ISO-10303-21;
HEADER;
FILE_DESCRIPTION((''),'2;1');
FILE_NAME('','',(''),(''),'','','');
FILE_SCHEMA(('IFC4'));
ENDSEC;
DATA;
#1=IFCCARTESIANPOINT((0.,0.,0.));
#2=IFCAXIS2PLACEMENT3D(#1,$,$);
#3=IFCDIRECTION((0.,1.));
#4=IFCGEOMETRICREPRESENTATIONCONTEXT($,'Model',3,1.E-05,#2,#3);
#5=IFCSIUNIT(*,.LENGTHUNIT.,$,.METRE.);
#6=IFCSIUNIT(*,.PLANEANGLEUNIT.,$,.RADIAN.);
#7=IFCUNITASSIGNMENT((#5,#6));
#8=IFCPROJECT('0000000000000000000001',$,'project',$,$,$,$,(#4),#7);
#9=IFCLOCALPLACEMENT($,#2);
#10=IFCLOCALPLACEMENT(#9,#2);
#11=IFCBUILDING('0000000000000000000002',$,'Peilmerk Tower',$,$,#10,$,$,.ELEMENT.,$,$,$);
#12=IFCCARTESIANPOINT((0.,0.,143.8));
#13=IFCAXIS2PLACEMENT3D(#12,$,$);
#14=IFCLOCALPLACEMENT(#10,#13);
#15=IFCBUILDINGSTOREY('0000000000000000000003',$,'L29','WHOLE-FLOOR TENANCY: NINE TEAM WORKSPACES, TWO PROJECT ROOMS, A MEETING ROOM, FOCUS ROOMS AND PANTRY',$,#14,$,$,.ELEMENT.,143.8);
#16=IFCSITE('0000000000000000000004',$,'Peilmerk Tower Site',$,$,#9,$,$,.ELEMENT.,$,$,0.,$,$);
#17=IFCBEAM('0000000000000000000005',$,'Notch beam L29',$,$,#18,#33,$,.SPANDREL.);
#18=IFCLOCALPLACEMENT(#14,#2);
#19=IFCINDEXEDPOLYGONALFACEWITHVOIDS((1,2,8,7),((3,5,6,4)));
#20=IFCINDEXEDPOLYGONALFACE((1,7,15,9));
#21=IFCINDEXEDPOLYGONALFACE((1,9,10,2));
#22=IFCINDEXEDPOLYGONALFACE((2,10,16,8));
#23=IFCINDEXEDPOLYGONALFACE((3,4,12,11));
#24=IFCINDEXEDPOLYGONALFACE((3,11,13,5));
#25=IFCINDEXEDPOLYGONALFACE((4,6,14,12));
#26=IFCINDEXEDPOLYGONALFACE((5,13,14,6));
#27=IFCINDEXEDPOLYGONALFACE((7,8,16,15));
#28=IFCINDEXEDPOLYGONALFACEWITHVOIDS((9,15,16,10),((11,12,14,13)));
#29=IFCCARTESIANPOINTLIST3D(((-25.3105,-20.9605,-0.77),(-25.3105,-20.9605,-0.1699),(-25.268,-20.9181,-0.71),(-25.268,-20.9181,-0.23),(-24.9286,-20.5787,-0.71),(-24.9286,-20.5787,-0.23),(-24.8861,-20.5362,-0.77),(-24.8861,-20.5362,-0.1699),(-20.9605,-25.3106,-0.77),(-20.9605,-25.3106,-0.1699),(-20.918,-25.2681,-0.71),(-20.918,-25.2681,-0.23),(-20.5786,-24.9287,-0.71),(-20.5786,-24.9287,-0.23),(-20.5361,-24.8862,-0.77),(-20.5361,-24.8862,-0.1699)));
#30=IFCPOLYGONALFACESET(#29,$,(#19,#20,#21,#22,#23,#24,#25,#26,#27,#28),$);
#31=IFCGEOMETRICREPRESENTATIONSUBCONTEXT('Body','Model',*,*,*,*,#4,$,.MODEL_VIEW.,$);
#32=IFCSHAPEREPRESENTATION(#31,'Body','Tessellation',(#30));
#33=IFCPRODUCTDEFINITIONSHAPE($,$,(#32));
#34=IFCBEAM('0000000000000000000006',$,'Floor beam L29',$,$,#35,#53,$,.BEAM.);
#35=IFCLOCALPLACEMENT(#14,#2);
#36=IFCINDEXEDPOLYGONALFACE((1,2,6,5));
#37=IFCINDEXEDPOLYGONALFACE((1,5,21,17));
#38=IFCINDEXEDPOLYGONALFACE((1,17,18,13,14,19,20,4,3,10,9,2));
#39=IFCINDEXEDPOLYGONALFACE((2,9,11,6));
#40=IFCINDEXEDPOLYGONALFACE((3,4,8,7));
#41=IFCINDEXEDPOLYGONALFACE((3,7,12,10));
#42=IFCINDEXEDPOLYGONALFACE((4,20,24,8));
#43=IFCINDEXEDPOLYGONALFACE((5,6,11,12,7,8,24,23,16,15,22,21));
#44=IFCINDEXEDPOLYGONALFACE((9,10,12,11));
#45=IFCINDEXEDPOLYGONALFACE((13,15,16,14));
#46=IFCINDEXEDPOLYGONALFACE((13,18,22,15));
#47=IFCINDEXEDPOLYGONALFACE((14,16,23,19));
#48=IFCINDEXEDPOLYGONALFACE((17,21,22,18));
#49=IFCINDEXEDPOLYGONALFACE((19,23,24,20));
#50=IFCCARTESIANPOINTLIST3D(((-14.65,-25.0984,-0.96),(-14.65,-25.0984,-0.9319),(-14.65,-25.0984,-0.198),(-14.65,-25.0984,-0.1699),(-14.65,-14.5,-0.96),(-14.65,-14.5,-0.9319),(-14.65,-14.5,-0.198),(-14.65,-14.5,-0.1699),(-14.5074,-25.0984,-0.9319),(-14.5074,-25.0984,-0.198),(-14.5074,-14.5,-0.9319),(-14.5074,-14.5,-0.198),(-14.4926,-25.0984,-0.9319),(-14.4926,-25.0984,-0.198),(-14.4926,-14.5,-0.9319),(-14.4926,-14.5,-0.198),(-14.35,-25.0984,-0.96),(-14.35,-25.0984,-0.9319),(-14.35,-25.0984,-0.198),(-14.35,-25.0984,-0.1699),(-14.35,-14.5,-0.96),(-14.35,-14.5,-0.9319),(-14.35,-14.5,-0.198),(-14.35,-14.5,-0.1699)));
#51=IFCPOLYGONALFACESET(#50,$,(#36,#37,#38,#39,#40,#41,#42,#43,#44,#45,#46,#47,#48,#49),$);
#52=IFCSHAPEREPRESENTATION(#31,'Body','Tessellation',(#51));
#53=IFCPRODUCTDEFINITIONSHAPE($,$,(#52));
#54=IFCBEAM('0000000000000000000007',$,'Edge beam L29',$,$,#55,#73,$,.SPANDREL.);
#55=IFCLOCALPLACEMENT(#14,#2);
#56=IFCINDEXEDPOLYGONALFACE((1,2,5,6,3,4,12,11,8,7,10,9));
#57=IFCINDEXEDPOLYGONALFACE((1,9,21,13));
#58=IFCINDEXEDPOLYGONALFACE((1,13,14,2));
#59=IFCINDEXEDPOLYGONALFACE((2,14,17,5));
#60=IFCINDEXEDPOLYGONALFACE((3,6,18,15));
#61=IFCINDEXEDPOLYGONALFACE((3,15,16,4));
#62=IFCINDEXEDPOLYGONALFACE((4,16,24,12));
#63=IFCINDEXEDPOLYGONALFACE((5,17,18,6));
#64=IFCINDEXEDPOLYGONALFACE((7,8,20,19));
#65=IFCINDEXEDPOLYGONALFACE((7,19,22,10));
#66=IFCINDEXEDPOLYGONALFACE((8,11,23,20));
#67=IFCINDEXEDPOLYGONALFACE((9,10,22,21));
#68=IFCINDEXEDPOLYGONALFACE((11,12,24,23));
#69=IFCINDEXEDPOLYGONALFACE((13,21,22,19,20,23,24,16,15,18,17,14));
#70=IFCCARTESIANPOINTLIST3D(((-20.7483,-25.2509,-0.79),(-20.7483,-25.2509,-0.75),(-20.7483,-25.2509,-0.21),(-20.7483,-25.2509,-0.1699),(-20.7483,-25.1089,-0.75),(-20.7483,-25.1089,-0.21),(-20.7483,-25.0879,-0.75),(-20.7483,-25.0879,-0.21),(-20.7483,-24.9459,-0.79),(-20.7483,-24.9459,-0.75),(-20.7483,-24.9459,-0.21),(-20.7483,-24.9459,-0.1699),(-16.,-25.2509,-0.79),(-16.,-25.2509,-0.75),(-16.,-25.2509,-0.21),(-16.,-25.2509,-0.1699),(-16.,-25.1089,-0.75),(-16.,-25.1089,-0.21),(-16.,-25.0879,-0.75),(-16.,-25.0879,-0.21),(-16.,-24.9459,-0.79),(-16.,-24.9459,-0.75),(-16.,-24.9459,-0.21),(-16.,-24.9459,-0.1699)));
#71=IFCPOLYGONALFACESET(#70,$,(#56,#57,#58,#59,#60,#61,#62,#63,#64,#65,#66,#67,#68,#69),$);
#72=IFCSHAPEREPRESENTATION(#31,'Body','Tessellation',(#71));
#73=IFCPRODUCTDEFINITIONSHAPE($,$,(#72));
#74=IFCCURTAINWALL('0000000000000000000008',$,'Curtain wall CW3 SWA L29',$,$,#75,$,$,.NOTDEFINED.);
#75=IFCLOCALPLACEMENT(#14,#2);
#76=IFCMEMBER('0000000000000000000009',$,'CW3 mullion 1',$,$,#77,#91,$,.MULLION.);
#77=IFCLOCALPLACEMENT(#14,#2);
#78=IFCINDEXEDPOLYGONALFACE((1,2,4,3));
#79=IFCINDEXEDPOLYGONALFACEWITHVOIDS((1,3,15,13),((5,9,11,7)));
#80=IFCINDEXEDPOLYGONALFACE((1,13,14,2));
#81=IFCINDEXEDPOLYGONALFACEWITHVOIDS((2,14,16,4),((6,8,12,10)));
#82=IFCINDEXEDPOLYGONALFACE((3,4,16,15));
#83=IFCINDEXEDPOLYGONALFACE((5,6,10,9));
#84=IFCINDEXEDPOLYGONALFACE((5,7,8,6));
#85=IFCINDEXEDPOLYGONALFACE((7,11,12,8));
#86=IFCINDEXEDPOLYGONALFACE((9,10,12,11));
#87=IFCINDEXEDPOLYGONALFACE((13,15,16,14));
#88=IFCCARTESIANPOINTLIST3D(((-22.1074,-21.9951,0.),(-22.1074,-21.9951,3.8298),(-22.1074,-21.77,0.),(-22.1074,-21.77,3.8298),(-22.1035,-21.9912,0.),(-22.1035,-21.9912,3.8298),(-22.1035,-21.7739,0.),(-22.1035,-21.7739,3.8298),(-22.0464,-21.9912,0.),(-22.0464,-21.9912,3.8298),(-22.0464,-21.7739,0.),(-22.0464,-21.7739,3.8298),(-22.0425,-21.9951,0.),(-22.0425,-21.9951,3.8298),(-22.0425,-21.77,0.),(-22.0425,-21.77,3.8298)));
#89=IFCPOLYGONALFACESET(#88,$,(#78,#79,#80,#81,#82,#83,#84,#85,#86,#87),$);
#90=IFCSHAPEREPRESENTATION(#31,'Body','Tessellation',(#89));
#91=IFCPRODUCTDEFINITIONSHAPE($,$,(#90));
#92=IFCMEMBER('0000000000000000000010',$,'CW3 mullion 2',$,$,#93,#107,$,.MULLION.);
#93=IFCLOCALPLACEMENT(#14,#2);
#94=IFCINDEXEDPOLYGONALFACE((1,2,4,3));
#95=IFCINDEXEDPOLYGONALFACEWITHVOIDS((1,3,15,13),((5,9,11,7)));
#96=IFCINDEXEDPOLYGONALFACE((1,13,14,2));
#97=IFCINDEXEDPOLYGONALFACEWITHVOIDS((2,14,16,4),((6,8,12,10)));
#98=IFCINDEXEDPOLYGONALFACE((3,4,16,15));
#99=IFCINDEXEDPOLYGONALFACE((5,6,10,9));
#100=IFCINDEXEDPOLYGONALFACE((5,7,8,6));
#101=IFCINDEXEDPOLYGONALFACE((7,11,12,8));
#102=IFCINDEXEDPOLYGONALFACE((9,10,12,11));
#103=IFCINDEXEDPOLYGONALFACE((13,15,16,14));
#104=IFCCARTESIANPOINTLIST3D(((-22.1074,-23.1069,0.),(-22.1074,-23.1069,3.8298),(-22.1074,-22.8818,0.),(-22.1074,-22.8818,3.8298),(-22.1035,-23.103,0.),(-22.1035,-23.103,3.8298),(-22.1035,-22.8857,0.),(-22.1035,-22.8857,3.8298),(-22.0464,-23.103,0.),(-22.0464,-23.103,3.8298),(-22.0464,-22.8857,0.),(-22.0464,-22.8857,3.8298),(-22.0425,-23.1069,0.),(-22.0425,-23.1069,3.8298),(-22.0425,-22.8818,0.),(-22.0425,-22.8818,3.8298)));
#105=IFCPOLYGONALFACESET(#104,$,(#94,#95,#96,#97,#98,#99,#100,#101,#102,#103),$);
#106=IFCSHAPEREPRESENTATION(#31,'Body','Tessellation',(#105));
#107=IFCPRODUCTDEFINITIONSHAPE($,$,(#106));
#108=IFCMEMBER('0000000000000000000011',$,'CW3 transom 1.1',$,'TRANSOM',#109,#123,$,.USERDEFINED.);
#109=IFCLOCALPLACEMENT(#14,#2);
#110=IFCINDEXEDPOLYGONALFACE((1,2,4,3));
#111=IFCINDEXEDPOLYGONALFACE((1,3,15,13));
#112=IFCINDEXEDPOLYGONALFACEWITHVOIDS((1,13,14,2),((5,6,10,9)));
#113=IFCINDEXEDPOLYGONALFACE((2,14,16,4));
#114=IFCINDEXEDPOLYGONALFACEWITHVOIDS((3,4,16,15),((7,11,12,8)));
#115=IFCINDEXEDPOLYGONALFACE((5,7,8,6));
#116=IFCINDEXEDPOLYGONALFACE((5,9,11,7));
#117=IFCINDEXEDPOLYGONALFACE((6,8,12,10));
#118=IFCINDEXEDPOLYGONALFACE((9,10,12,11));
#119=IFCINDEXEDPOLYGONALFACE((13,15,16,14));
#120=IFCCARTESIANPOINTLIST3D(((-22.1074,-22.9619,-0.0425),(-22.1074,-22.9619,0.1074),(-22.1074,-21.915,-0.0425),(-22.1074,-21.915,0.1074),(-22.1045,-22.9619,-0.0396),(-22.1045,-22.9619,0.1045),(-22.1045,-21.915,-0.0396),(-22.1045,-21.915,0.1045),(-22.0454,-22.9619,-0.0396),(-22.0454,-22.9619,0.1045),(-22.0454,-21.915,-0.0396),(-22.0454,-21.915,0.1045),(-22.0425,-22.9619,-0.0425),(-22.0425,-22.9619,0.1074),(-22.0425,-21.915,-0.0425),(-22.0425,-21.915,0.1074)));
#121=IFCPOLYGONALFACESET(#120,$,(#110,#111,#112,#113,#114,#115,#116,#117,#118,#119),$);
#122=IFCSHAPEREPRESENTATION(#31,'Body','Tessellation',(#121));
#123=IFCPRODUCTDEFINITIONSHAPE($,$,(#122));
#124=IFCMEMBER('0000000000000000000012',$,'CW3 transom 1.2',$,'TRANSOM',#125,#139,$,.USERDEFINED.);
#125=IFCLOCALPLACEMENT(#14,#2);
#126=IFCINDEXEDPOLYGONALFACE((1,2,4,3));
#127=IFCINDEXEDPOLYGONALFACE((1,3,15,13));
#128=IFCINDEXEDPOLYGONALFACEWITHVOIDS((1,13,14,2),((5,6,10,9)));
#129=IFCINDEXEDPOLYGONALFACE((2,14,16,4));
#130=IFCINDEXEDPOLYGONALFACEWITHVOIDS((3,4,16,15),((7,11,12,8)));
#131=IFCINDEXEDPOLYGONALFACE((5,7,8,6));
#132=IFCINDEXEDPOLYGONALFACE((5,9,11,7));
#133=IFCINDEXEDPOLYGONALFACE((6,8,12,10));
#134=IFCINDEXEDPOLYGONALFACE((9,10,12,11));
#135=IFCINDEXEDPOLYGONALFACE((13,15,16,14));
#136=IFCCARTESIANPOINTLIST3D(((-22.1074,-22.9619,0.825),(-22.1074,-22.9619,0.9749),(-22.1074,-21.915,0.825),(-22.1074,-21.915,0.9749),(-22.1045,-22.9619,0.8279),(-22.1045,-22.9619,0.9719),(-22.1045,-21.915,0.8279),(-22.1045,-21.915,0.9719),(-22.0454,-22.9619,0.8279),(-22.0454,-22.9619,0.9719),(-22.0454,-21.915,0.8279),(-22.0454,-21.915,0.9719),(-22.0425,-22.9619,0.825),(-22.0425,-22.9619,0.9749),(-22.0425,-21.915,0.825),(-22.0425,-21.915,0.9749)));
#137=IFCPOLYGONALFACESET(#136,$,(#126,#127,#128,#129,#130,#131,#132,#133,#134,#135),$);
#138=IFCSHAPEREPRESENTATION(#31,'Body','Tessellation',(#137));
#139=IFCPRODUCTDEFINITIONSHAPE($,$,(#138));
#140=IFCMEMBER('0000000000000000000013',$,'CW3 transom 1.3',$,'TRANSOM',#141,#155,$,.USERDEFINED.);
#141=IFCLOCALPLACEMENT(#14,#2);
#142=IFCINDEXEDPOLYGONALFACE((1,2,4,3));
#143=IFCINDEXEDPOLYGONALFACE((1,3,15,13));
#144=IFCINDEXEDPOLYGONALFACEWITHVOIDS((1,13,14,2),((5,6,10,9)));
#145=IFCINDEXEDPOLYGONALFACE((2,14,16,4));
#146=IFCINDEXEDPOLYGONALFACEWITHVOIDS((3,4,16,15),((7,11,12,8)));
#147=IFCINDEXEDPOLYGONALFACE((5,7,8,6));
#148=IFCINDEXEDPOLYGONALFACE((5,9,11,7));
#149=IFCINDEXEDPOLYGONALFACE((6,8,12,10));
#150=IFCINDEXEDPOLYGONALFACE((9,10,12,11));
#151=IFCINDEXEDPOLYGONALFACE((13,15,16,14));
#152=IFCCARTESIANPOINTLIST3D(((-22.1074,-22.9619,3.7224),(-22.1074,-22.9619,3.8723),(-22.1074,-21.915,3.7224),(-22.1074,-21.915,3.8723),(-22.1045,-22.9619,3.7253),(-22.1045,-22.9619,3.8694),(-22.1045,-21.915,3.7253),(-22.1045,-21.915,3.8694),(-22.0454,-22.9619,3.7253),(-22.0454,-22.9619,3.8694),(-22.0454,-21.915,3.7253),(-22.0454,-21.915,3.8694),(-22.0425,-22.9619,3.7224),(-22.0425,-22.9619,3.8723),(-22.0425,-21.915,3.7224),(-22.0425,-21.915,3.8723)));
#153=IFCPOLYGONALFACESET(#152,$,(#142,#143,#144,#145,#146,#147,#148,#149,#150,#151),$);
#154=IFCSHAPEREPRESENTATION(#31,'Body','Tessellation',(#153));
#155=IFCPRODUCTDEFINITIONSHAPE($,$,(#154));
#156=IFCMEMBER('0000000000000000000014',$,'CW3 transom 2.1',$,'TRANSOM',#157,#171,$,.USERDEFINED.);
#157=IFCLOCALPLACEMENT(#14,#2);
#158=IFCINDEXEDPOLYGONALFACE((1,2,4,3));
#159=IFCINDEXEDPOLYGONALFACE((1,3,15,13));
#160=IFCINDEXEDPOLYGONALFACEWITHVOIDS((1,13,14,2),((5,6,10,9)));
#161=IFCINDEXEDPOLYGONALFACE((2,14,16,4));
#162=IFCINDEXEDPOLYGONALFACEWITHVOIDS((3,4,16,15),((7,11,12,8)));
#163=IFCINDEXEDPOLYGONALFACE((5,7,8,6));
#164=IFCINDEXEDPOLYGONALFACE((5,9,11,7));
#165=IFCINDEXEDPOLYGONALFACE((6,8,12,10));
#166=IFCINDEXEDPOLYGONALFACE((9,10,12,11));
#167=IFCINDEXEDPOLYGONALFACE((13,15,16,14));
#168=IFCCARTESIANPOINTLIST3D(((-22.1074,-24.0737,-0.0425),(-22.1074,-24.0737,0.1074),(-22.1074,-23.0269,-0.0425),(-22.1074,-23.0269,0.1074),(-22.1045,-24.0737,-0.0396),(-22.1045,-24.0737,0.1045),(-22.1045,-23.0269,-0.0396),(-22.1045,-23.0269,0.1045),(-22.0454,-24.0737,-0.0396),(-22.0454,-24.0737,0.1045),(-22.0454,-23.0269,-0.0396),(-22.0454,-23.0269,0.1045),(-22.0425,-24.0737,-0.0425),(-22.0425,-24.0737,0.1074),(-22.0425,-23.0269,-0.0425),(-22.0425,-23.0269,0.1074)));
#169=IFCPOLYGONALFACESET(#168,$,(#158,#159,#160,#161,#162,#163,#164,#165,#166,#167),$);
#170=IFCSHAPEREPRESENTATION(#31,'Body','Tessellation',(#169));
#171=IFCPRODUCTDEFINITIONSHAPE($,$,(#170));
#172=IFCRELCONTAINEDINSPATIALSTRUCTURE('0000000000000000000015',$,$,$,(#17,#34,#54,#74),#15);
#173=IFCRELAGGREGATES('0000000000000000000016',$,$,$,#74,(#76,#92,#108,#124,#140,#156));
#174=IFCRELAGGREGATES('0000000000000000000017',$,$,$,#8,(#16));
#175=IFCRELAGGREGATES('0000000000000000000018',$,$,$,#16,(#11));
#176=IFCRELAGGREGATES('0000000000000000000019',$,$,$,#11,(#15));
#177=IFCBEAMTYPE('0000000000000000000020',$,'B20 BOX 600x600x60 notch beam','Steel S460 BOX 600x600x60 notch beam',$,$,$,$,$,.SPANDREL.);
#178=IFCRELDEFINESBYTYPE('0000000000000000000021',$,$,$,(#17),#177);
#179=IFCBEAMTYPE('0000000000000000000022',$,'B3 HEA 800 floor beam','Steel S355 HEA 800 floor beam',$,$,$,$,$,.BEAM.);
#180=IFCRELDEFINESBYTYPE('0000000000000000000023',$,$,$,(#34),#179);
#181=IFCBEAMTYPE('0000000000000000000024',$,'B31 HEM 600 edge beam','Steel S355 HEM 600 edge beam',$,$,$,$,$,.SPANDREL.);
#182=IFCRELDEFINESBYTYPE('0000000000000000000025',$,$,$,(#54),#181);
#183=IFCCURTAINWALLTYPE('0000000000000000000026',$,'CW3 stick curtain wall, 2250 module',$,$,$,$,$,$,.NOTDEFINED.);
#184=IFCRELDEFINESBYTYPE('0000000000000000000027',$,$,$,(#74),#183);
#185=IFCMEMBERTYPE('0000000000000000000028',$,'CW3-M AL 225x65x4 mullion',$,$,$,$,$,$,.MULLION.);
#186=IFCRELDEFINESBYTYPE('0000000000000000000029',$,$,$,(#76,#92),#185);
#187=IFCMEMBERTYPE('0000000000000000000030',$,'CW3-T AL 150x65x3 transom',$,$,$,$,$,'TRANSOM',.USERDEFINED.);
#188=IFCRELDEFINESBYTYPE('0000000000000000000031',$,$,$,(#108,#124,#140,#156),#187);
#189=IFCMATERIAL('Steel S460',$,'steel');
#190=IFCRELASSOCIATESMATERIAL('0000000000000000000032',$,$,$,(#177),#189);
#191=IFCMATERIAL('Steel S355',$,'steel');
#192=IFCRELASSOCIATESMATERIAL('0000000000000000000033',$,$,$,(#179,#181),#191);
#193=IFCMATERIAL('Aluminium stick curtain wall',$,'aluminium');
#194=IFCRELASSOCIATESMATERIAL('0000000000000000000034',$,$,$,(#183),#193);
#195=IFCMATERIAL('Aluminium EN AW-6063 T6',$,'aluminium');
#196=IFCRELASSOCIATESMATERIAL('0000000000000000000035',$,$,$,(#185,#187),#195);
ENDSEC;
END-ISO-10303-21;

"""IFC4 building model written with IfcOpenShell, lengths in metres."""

from ifc_helpers import new_model, si_unit, direction, frame, origin, origin_2d, place, context, subcontext, project, spatial, hollow_rectangle, i_section, extrude, material, material_profile, profile_set, type_object, element, aggregate, save


model = new_model("IFC4")

# Units and contexts
model_context = context("Model", 3, precision=1e-05, world=origin(), true_north=direction((0.0, 1.0)))
body_context = subcontext(model_context, "Body", "Model", "MODEL_VIEW")
ifc_project = project(units=[si_unit("LENGTHUNIT", "METRE"), si_unit("PLANEANGLEUNIT", "RADIAN")], contexts=[model_context])

# Site, building, storey
site_placement = place(None, origin())
site = spatial("IfcSite", under=ifc_project, at=site_placement, Name="Peilmerk Tower Site", CompositionType="ELEMENT", RefElevation=0.0)
building_placement = place(site_placement, origin())
building = spatial("IfcBuilding", under=site, at=building_placement, Name="Peilmerk Tower", CompositionType="ELEMENT")
storey_placement = place(building_placement, frame((0.0, 0.0, 143.8)))
storey = spatial("IfcBuildingStorey", under=building, at=storey_placement, Name="L29", Description="WHOLE-FLOOR TENANCY: NINE TEAM WORKSPACES, TWO PROJECT ROOMS, A MEETING ROOM, FOCUS ROOMS AND PANTRY", CompositionType="ELEMENT", Elevation=143.8)

# Shared definitions
ifc_material_1 = material(Name="Steel S460", Category="steel")

# Beams
ifc_material_2 = material(Name="Steel S355", Category="steel")
ifc_material_profile_1 = material_profile(ifc_material_1, hollow_rectangle(XDim=0.6001, YDim=0.6001, WallThickness=0.0601, at=origin_2d()), Name="BOX 600x600x60")
ifc_profile_set_1 = profile_set([ifc_material_profile_1], Name="Steel S460")
beam_type_1 = type_object("IfcBeamType", Name="B20 BOX 600x600x60 notch beam", Description="Steel S460 BOX 600x600x60 notch beam", PredefinedType="SPANDREL", material=ifc_profile_set_1)
beam_1_placement = place(storey_placement, frame((-20.7483, -25.0984, -0.47), z_axis=(-0.707107, 0.707107, 0.0), x_axis=(-0.707107, -0.707107, 0.0)))
element("IfcBeam", 1, at=beam_1_placement, inside=storey, type_object=beam_type_1, Name="Notch beam L29", PredefinedType="SPANDREL", context=body_context, shape_type="SweptSolid", body=[
    extrude(hollow_rectangle(XDim=0.6001, YDim=0.6001, WallThickness=0.0601, at=origin_2d()), origin(), (0.0, 0.0, 1.0), 6.1519),
])
ifc_material_profile_2 = material_profile(ifc_material_2, i_section(OverallWidth=0.3, OverallDepth=0.79, WebThickness=0.0149, FlangeThickness=0.0281, at=origin_2d()), Name="HEA 800")
ifc_profile_set_2 = profile_set([ifc_material_profile_2], Name="Steel S355")
beam_type_2 = type_object("IfcBeamType", Name="B3 HEA 800 floor beam", Description="Steel S355 HEA 800 floor beam", PredefinedType="BEAM", material=ifc_profile_set_2)
beam_2_placement = place(storey_placement, frame((-14.5, -14.5, -0.5649), z_axis=(0.0, -1.0, 0.0), x_axis=(1.0, 0.0, 0.0)))
element("IfcBeam", 2, at=beam_2_placement, inside=storey, type_object=beam_type_2, Name="Floor beam L29", PredefinedType="BEAM", context=body_context, shape_type="SweptSolid", body=[
    extrude(i_section(OverallWidth=0.3, OverallDepth=0.79, WebThickness=0.0149, FlangeThickness=0.0281, at=origin_2d()), origin(), (0.0, 0.0, 1.0), 10.5984),
])
ifc_material_profile_3 = material_profile(ifc_material_2, i_section(OverallWidth=0.3049, OverallDepth=0.6201, WebThickness=0.021, FlangeThickness=0.04, at=origin_2d()), Name="HEM 600")
ifc_profile_set_3 = profile_set([ifc_material_profile_3], Name="Steel S355")
beam_type_3 = type_object("IfcBeamType", Name="B31 HEM 600 edge beam", Description="Steel S355 HEM 600 edge beam", PredefinedType="SPANDREL", material=ifc_profile_set_3)
beam_3_placement = place(storey_placement, frame((-20.7483, -25.0984, -0.48), z_axis=(1.0, 0.0, 0.0), x_axis=(0.0, 1.0, 0.0)))
element("IfcBeam", 3, at=beam_3_placement, inside=storey, type_object=beam_type_3, Name="Edge beam L29", PredefinedType="SPANDREL", context=body_context, shape_type="SweptSolid", body=[
    extrude(i_section(OverallWidth=0.3049, OverallDepth=0.6201, WebThickness=0.021, FlangeThickness=0.04, at=origin_2d()), origin(), (0.0, 0.0, 1.0), 4.7483),
])

# Curtain wall, members
ifc_material_3 = material(Name="Aluminium stick curtain wall", Category="aluminium")
curtain_wall_type = type_object("IfcCurtainWallType", Name="CW3 stick curtain wall, 2250 module", PredefinedType="NOTDEFINED", material=ifc_material_3)
curtain_wall_placement = place(storey_placement, origin())
curtain_wall = element("IfcCurtainWall", 4, at=curtain_wall_placement, inside=storey, type_object=curtain_wall_type, Name="Curtain wall CW3 SWA L29", PredefinedType="NOTDEFINED")
ifc_material_4 = material(Name="Aluminium EN AW-6063 T6", Category="aluminium")
ifc_material_profile_4 = material_profile(ifc_material_4, hollow_rectangle(XDim=0.0649, YDim=0.2251, WallThickness=0.0039, at=origin_2d()), Name="AL 225x65x4")
ifc_profile_set_4 = profile_set([ifc_material_profile_4], Name="Aluminium EN AW-6063 T6")
member_type_1 = type_object("IfcMemberType", Name="CW3-M AL 225x65x4 mullion", PredefinedType="MULLION", material=ifc_profile_set_4)
member_1_placement = place(storey_placement, frame((-22.075, -21.8826, 0.0), z_axis=(0.0, 0.0, 1.0), x_axis=(1.0, 0.0, 0.0)))
member_1 = element("IfcMember", 5, at=member_1_placement, type_object=member_type_1, Name="CW3 mullion 1", PredefinedType="MULLION", context=body_context, shape_type="SweptSolid", body=[
    extrude(hollow_rectangle(XDim=0.0649, YDim=0.2251, WallThickness=0.0039, at=origin_2d()), origin(), (0.0, 0.0, 1.0), 3.8298),
])
member_2_placement = place(storey_placement, frame((-22.075, -22.9944, 0.0), z_axis=(0.0, 0.0, 1.0), x_axis=(1.0, 0.0, 0.0)))
member_2 = element("IfcMember", 6, at=member_2_placement, type_object=member_type_1, Name="CW3 mullion 2", PredefinedType="MULLION", context=body_context, shape_type="SweptSolid", body=[
    extrude(hollow_rectangle(XDim=0.0649, YDim=0.2251, WallThickness=0.0039, at=origin_2d()), origin(), (0.0, 0.0, 1.0), 3.8298),
])
ifc_material_profile_5 = material_profile(ifc_material_4, hollow_rectangle(XDim=0.0649, YDim=0.1499, WallThickness=0.0029, at=origin_2d()), Name="AL 150x65x3")
ifc_profile_set_5 = profile_set([ifc_material_profile_5], Name="Aluminium EN AW-6063 T6")
member_type_2 = type_object("IfcMemberType", Name="CW3-T AL 150x65x3 transom", ElementType="TRANSOM", PredefinedType="USERDEFINED", material=ifc_profile_set_5)
member_3_placement = place(storey_placement, frame((-22.075, -21.915, 0.0325), z_axis=(0.0, -1.0, 0.0), x_axis=(1.0, 0.0, 0.0)))
member_3 = element("IfcMember", 7, at=member_3_placement, type_object=member_type_2, Name="CW3 transom 1.1", ObjectType="TRANSOM", PredefinedType="USERDEFINED", context=body_context, shape_type="SweptSolid", body=[
    extrude(hollow_rectangle(XDim=0.0649, YDim=0.1499, WallThickness=0.0029, at=origin_2d()), origin(), (0.0, 0.0, 1.0), 1.0469),
])
member_4_placement = place(storey_placement, frame((-22.075, -21.915, 0.8999), z_axis=(0.0, -1.0, 0.0), x_axis=(1.0, 0.0, 0.0)))
member_4 = element("IfcMember", 8, at=member_4_placement, type_object=member_type_2, Name="CW3 transom 1.2", ObjectType="TRANSOM", PredefinedType="USERDEFINED", context=body_context, shape_type="SweptSolid", body=[
    extrude(hollow_rectangle(XDim=0.0649, YDim=0.1499, WallThickness=0.0029, at=origin_2d()), origin(), (0.0, 0.0, 1.0), 1.0469),
])
member_5_placement = place(storey_placement, frame((-22.075, -21.915, 3.7974), z_axis=(0.0, -1.0, 0.0), x_axis=(1.0, 0.0, 0.0)))
member_5 = element("IfcMember", 9, at=member_5_placement, type_object=member_type_2, Name="CW3 transom 1.3", ObjectType="TRANSOM", PredefinedType="USERDEFINED", context=body_context, shape_type="SweptSolid", body=[
    extrude(hollow_rectangle(XDim=0.0649, YDim=0.1499, WallThickness=0.0029, at=origin_2d()), origin(), (0.0, 0.0, 1.0), 1.0469),
])
member_6_placement = place(storey_placement, frame((-22.075, -23.0269, 0.0325), z_axis=(0.0, -1.0, 0.0), x_axis=(1.0, 0.0, 0.0)))
member_6 = element("IfcMember", 10, at=member_6_placement, type_object=member_type_2, Name="CW3 transom 2.1", ObjectType="TRANSOM", PredefinedType="USERDEFINED", context=body_context, shape_type="SweptSolid", body=[
    extrude(hollow_rectangle(XDim=0.0649, YDim=0.1499, WallThickness=0.0029, at=origin_2d()), origin(), (0.0, 0.0, 1.0), 1.0469),
])
aggregate(curtain_wall, [member_1, member_2, member_3, member_4, member_5, member_6])

save(model, "model.ifc")
